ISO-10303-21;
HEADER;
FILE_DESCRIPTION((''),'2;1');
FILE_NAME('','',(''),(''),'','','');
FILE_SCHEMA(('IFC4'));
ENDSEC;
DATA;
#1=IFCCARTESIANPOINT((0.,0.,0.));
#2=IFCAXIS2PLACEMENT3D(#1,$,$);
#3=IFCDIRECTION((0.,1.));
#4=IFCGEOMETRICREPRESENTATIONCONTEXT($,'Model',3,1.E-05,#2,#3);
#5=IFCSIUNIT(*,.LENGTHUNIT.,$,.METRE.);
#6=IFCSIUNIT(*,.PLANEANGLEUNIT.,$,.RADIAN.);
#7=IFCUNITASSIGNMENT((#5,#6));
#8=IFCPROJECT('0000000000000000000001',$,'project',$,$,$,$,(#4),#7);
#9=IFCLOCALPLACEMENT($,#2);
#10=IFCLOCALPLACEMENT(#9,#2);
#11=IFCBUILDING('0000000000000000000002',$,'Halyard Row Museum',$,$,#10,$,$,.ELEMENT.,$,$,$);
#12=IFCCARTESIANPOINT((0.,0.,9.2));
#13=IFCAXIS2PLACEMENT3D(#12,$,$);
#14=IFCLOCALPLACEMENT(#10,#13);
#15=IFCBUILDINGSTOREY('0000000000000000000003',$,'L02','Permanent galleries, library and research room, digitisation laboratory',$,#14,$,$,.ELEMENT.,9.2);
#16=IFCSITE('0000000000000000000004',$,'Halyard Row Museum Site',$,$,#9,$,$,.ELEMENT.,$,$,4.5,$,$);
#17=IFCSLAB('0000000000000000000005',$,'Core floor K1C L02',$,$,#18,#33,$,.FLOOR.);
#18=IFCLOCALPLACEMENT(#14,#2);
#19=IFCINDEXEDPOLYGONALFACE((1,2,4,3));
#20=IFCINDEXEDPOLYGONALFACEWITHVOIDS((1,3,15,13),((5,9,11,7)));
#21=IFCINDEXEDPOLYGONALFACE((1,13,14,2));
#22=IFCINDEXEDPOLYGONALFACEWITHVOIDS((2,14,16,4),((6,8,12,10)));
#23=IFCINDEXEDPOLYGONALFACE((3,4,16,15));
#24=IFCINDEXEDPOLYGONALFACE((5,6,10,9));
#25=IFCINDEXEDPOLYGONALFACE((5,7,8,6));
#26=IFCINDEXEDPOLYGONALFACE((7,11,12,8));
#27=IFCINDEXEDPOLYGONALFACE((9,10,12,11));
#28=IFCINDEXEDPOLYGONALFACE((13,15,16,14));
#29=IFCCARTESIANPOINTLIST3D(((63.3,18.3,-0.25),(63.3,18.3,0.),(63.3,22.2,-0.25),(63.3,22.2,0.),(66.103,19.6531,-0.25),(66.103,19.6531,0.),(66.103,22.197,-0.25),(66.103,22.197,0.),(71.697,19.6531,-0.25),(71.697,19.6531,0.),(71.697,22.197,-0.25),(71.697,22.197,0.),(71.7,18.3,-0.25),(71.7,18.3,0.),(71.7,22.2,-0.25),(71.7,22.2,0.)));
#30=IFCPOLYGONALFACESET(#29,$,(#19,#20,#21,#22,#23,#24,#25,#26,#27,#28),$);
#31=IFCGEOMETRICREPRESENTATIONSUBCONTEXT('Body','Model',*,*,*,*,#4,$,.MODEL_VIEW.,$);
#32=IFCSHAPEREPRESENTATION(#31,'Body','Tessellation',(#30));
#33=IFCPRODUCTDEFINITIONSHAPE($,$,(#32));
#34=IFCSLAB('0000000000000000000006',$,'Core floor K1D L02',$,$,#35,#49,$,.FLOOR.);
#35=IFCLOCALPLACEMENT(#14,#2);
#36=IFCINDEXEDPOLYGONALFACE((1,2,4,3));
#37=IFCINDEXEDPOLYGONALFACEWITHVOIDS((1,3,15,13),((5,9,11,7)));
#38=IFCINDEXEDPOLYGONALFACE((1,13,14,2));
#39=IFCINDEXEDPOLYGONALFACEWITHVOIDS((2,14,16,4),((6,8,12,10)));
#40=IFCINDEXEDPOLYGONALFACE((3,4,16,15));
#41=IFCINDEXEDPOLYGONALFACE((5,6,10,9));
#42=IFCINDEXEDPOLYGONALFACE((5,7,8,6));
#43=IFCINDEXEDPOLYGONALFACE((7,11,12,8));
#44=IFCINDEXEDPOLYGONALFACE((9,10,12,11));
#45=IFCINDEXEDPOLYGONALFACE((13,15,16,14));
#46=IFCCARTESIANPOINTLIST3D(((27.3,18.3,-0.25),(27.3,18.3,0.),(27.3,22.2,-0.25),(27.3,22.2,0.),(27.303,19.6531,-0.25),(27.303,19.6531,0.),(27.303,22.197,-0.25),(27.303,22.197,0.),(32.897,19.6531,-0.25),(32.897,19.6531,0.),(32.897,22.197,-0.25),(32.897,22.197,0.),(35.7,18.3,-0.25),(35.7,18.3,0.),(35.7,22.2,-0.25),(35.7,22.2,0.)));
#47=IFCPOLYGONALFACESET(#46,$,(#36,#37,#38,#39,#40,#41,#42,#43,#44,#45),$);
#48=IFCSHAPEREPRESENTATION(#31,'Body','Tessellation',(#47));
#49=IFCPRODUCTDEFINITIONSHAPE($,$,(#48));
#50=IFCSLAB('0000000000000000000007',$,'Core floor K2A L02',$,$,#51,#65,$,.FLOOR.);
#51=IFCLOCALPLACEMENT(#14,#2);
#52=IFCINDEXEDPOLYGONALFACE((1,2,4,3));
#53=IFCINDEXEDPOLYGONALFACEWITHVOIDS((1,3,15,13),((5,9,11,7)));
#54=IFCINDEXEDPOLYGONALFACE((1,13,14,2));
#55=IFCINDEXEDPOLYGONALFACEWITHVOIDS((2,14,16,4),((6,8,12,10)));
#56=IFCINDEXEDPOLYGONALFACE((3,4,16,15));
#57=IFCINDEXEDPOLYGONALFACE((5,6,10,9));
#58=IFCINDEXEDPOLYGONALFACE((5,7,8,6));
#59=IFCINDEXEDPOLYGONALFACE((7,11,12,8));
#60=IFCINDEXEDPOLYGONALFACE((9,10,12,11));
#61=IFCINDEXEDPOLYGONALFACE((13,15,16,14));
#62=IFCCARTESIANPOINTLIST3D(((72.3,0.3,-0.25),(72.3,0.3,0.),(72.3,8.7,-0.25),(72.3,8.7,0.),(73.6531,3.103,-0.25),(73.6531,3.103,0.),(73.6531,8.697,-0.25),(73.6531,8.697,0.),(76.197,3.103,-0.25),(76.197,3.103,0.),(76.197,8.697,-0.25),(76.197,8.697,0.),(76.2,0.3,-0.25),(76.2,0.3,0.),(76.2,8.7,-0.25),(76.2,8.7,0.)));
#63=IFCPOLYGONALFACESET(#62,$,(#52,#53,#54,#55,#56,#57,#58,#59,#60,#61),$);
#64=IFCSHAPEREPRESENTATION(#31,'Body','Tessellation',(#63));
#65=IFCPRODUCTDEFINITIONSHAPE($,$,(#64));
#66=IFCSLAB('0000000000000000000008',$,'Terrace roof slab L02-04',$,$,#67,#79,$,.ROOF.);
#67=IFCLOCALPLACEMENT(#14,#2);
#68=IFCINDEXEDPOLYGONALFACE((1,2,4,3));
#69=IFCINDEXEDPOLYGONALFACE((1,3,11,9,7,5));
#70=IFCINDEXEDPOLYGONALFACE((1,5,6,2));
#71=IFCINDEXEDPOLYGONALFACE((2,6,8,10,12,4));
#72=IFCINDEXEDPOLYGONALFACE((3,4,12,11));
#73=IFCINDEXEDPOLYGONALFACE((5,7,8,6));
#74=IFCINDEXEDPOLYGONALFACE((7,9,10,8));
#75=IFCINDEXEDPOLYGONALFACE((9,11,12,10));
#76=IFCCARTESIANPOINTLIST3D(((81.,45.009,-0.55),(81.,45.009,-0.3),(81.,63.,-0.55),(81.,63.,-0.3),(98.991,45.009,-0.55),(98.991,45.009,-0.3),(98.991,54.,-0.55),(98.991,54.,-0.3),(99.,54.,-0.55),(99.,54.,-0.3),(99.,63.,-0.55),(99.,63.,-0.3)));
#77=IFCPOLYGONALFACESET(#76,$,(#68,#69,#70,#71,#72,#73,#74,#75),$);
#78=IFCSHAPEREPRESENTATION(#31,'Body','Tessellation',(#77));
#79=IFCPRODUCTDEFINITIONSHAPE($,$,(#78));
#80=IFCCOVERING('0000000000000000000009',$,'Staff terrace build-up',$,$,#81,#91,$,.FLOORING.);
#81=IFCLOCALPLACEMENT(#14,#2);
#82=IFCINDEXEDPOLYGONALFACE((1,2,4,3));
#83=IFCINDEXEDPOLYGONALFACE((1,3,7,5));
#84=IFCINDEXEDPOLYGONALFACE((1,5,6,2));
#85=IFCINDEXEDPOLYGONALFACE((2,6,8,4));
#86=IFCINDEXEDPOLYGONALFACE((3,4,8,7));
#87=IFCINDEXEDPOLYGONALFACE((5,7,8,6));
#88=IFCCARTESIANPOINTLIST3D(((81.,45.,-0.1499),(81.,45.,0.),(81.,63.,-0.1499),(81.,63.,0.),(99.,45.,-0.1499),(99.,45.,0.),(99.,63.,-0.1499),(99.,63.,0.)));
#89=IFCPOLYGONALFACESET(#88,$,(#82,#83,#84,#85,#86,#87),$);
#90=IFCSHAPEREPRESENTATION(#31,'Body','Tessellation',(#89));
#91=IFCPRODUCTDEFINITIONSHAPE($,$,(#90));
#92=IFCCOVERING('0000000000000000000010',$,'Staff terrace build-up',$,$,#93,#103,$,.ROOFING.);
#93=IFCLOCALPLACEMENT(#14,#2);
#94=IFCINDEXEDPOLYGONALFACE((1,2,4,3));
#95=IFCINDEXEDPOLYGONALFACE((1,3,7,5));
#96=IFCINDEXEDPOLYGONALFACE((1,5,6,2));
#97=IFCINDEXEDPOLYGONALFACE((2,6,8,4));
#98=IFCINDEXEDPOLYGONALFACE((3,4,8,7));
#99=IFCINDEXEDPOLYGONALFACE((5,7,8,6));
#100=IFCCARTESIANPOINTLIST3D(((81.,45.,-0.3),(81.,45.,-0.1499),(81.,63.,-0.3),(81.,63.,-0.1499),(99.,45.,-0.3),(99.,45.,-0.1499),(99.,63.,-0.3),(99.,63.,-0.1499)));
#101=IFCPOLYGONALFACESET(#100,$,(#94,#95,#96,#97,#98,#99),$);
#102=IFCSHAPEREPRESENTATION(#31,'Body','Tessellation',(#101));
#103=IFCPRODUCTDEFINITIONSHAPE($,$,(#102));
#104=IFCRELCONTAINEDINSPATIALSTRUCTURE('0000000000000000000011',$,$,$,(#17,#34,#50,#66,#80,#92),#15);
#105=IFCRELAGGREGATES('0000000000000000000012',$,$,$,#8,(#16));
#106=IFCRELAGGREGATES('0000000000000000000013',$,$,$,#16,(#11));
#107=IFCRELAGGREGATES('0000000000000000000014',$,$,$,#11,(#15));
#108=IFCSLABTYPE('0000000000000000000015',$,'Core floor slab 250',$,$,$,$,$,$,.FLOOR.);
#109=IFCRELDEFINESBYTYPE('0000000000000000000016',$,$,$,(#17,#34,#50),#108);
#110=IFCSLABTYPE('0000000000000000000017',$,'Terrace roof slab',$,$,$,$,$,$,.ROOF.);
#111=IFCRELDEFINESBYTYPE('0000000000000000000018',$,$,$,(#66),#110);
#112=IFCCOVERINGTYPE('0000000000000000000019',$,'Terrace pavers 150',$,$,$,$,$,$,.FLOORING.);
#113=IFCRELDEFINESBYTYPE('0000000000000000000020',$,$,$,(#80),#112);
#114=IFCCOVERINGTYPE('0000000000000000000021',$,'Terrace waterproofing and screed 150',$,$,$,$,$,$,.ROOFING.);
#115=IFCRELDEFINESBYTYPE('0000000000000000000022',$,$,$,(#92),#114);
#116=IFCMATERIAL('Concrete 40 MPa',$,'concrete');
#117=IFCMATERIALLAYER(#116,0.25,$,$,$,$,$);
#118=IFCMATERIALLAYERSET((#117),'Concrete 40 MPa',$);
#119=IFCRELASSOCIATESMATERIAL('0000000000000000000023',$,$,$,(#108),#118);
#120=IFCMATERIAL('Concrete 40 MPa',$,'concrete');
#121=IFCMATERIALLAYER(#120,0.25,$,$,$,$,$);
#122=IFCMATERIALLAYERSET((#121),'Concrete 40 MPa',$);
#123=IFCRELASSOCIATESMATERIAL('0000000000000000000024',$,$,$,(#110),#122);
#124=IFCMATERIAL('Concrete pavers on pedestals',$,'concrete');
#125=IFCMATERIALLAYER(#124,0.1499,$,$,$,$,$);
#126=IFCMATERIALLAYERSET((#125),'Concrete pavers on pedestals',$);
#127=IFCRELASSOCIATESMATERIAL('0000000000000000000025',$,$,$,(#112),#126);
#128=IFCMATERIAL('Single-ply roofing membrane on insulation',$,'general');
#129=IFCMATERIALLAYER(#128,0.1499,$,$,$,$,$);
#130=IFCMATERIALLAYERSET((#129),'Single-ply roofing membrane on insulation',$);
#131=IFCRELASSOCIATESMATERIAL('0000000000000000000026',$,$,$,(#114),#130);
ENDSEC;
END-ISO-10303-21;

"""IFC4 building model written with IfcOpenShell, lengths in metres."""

from ifc_helpers import new_model, si_unit, direction, frame, origin, place, context, subcontext, project, spatial, polyline, outline, extrude, material, layer, layer_set, type_object, element, save


model = new_model("IFC4")

# Units and contexts
model_context = context("Model", 3, precision=1e-05, world=origin(), true_north=direction((0.0, 1.0)))
body_context = subcontext(model_context, "Body", "Model", "MODEL_VIEW")
ifc_project = project(units=[si_unit("LENGTHUNIT", "METRE"), si_unit("PLANEANGLEUNIT", "RADIAN")], contexts=[model_context])

# Site, building, storey
site_placement = place(None, origin())
site = spatial("IfcSite", under=ifc_project, at=site_placement, Name="Halyard Row Museum Site", CompositionType="ELEMENT", RefElevation=4.5)
building_placement = place(site_placement, origin())
building = spatial("IfcBuilding", under=site, at=building_placement, Name="Halyard Row Museum", CompositionType="ELEMENT")
storey_placement = place(building_placement, frame((0.0, 0.0, 9.2)))
storey = spatial("IfcBuildingStorey", under=building, at=storey_placement, Name="L02", Description="Permanent galleries, library and research room, digitisation laboratory", CompositionType="ELEMENT", Elevation=9.2)

# Slabs
ifc_material_1 = material(Name="Concrete 40 MPa", Category="concrete")
ifc_layer_1 = layer(ifc_material_1, 0.25)
ifc_layer_set_1 = layer_set([ifc_layer_1], Name="Concrete 40 MPa")
slab_type_1 = type_object("IfcSlabType", Name="Core floor slab 250", PredefinedType="FLOOR", material=ifc_layer_set_1)
slab_1_placement = place(storey_placement, frame((0.0, 0.0, -0.25)))
element("IfcSlab", 1, at=slab_1_placement, inside=storey, type_object=slab_type_1, Name="Core floor K1C L02", PredefinedType="FLOOR", context=body_context, shape_type="SweptSolid", body=[
    extrude(outline(polyline([(71.7, 22.2), (63.3, 22.2), (63.3, 18.3), (71.7, 18.3), (71.7, 22.2)]), holes=[polyline([(71.697, 19.6531), (66.103, 19.6531), (66.103, 22.197), (71.697, 22.197), (71.697, 19.6531)])]), origin(), (0.0, 0.0, 1.0), 0.25),
])
slab_2_placement = place(storey_placement, frame((0.0, 0.0, -0.25)))
element("IfcSlab", 2, at=slab_2_placement, inside=storey, type_object=slab_type_1, Name="Core floor K1D L02", PredefinedType="FLOOR", context=body_context, shape_type="SweptSolid", body=[
    extrude(outline(polyline([(35.7, 22.2), (27.3, 22.2), (27.3, 18.3), (35.7, 18.3), (35.7, 22.2)]), holes=[polyline([(27.303, 19.6531), (27.303, 22.197), (32.897, 22.197), (32.897, 19.6531), (27.303, 19.6531)])]), origin(), (0.0, 0.0, 1.0), 0.25),
])
slab_3_placement = place(storey_placement, frame((0.0, 0.0, -0.25)))
element("IfcSlab", 3, at=slab_3_placement, inside=storey, type_object=slab_type_1, Name="Core floor K2A L02", PredefinedType="FLOOR", context=body_context, shape_type="SweptSolid", body=[
    extrude(outline(polyline([(76.2, 8.7), (72.3, 8.7), (72.3, 0.3), (76.2, 0.3), (76.2, 8.7)]), holes=[polyline([(73.6531, 8.697), (76.197, 8.697), (76.197, 3.103), (73.6531, 3.103), (73.6531, 8.697)])]), origin(), (0.0, 0.0, 1.0), 0.25),
])

# Slab
ifc_material_2 = material(Name="Concrete 40 MPa", Category="concrete")
ifc_layer_2 = layer(ifc_material_2, 0.25)
ifc_layer_set_2 = layer_set([ifc_layer_2], Name="Concrete 40 MPa")
slab_type_2 = type_object("IfcSlabType", Name="Terrace roof slab", PredefinedType="ROOF", material=ifc_layer_set_2)
slab_4_placement = place(storey_placement, frame((0.0, 0.0, -0.55)))
element("IfcSlab", 4, at=slab_4_placement, inside=storey, type_object=slab_type_2, Name="Terrace roof slab L02-04", PredefinedType="ROOF", context=body_context, shape_type="SweptSolid", body=[
    extrude(outline(polyline([(81.0, 63.0), (81.0, 45.009), (98.991, 45.009), (98.991, 54.0), (99.0, 54.0), (99.0, 63.0), (81.0, 63.0)])), origin(), (0.0, 0.0, 1.0), 0.25),
])

# Coverings
ifc_material_3 = material(Name="Concrete pavers on pedestals", Category="concrete")
ifc_layer_3 = layer(ifc_material_3, 0.1499)
ifc_layer_set_3 = layer_set([ifc_layer_3], Name="Concrete pavers on pedestals")
covering_type_1 = type_object("IfcCoveringType", Name="Terrace pavers 150", PredefinedType="FLOORING", material=ifc_layer_set_3)
covering_1_placement = place(storey_placement, frame((0.0, 0.0, -0.1499)))
element("IfcCovering", 5, at=covering_1_placement, inside=storey, type_object=covering_type_1, Name="Staff terrace build-up", PredefinedType="FLOORING", context=body_context, shape_type="SweptSolid", body=[
    extrude(outline(polyline([(81.0, 45.0), (99.0, 45.0), (99.0, 63.0), (81.0, 63.0), (81.0, 45.0)])), origin(), (0.0, 0.0, 1.0), 0.1499),
])
ifc_material_4 = material(Name="Single-ply roofing membrane on insulation", Category="general")
ifc_layer_4 = layer(ifc_material_4, 0.1499)
ifc_layer_set_4 = layer_set([ifc_layer_4], Name="Single-ply roofing membrane on insulation")
covering_type_2 = type_object("IfcCoveringType", Name="Terrace waterproofing and screed 150", PredefinedType="ROOFING", material=ifc_layer_set_4)
covering_2_placement = place(storey_placement, frame((0.0, 0.0, -0.3)))
element("IfcCovering", 6, at=covering_2_placement, inside=storey, type_object=covering_type_2, Name="Staff terrace build-up", PredefinedType="ROOFING", context=body_context, shape_type="SweptSolid", body=[
    extrude(outline(polyline([(81.0, 45.0), (99.0, 45.0), (99.0, 63.0), (81.0, 63.0), (81.0, 45.0)])), origin(), (0.0, 0.0, 1.0), 0.1501),
])

save(model, "model.ifc")
